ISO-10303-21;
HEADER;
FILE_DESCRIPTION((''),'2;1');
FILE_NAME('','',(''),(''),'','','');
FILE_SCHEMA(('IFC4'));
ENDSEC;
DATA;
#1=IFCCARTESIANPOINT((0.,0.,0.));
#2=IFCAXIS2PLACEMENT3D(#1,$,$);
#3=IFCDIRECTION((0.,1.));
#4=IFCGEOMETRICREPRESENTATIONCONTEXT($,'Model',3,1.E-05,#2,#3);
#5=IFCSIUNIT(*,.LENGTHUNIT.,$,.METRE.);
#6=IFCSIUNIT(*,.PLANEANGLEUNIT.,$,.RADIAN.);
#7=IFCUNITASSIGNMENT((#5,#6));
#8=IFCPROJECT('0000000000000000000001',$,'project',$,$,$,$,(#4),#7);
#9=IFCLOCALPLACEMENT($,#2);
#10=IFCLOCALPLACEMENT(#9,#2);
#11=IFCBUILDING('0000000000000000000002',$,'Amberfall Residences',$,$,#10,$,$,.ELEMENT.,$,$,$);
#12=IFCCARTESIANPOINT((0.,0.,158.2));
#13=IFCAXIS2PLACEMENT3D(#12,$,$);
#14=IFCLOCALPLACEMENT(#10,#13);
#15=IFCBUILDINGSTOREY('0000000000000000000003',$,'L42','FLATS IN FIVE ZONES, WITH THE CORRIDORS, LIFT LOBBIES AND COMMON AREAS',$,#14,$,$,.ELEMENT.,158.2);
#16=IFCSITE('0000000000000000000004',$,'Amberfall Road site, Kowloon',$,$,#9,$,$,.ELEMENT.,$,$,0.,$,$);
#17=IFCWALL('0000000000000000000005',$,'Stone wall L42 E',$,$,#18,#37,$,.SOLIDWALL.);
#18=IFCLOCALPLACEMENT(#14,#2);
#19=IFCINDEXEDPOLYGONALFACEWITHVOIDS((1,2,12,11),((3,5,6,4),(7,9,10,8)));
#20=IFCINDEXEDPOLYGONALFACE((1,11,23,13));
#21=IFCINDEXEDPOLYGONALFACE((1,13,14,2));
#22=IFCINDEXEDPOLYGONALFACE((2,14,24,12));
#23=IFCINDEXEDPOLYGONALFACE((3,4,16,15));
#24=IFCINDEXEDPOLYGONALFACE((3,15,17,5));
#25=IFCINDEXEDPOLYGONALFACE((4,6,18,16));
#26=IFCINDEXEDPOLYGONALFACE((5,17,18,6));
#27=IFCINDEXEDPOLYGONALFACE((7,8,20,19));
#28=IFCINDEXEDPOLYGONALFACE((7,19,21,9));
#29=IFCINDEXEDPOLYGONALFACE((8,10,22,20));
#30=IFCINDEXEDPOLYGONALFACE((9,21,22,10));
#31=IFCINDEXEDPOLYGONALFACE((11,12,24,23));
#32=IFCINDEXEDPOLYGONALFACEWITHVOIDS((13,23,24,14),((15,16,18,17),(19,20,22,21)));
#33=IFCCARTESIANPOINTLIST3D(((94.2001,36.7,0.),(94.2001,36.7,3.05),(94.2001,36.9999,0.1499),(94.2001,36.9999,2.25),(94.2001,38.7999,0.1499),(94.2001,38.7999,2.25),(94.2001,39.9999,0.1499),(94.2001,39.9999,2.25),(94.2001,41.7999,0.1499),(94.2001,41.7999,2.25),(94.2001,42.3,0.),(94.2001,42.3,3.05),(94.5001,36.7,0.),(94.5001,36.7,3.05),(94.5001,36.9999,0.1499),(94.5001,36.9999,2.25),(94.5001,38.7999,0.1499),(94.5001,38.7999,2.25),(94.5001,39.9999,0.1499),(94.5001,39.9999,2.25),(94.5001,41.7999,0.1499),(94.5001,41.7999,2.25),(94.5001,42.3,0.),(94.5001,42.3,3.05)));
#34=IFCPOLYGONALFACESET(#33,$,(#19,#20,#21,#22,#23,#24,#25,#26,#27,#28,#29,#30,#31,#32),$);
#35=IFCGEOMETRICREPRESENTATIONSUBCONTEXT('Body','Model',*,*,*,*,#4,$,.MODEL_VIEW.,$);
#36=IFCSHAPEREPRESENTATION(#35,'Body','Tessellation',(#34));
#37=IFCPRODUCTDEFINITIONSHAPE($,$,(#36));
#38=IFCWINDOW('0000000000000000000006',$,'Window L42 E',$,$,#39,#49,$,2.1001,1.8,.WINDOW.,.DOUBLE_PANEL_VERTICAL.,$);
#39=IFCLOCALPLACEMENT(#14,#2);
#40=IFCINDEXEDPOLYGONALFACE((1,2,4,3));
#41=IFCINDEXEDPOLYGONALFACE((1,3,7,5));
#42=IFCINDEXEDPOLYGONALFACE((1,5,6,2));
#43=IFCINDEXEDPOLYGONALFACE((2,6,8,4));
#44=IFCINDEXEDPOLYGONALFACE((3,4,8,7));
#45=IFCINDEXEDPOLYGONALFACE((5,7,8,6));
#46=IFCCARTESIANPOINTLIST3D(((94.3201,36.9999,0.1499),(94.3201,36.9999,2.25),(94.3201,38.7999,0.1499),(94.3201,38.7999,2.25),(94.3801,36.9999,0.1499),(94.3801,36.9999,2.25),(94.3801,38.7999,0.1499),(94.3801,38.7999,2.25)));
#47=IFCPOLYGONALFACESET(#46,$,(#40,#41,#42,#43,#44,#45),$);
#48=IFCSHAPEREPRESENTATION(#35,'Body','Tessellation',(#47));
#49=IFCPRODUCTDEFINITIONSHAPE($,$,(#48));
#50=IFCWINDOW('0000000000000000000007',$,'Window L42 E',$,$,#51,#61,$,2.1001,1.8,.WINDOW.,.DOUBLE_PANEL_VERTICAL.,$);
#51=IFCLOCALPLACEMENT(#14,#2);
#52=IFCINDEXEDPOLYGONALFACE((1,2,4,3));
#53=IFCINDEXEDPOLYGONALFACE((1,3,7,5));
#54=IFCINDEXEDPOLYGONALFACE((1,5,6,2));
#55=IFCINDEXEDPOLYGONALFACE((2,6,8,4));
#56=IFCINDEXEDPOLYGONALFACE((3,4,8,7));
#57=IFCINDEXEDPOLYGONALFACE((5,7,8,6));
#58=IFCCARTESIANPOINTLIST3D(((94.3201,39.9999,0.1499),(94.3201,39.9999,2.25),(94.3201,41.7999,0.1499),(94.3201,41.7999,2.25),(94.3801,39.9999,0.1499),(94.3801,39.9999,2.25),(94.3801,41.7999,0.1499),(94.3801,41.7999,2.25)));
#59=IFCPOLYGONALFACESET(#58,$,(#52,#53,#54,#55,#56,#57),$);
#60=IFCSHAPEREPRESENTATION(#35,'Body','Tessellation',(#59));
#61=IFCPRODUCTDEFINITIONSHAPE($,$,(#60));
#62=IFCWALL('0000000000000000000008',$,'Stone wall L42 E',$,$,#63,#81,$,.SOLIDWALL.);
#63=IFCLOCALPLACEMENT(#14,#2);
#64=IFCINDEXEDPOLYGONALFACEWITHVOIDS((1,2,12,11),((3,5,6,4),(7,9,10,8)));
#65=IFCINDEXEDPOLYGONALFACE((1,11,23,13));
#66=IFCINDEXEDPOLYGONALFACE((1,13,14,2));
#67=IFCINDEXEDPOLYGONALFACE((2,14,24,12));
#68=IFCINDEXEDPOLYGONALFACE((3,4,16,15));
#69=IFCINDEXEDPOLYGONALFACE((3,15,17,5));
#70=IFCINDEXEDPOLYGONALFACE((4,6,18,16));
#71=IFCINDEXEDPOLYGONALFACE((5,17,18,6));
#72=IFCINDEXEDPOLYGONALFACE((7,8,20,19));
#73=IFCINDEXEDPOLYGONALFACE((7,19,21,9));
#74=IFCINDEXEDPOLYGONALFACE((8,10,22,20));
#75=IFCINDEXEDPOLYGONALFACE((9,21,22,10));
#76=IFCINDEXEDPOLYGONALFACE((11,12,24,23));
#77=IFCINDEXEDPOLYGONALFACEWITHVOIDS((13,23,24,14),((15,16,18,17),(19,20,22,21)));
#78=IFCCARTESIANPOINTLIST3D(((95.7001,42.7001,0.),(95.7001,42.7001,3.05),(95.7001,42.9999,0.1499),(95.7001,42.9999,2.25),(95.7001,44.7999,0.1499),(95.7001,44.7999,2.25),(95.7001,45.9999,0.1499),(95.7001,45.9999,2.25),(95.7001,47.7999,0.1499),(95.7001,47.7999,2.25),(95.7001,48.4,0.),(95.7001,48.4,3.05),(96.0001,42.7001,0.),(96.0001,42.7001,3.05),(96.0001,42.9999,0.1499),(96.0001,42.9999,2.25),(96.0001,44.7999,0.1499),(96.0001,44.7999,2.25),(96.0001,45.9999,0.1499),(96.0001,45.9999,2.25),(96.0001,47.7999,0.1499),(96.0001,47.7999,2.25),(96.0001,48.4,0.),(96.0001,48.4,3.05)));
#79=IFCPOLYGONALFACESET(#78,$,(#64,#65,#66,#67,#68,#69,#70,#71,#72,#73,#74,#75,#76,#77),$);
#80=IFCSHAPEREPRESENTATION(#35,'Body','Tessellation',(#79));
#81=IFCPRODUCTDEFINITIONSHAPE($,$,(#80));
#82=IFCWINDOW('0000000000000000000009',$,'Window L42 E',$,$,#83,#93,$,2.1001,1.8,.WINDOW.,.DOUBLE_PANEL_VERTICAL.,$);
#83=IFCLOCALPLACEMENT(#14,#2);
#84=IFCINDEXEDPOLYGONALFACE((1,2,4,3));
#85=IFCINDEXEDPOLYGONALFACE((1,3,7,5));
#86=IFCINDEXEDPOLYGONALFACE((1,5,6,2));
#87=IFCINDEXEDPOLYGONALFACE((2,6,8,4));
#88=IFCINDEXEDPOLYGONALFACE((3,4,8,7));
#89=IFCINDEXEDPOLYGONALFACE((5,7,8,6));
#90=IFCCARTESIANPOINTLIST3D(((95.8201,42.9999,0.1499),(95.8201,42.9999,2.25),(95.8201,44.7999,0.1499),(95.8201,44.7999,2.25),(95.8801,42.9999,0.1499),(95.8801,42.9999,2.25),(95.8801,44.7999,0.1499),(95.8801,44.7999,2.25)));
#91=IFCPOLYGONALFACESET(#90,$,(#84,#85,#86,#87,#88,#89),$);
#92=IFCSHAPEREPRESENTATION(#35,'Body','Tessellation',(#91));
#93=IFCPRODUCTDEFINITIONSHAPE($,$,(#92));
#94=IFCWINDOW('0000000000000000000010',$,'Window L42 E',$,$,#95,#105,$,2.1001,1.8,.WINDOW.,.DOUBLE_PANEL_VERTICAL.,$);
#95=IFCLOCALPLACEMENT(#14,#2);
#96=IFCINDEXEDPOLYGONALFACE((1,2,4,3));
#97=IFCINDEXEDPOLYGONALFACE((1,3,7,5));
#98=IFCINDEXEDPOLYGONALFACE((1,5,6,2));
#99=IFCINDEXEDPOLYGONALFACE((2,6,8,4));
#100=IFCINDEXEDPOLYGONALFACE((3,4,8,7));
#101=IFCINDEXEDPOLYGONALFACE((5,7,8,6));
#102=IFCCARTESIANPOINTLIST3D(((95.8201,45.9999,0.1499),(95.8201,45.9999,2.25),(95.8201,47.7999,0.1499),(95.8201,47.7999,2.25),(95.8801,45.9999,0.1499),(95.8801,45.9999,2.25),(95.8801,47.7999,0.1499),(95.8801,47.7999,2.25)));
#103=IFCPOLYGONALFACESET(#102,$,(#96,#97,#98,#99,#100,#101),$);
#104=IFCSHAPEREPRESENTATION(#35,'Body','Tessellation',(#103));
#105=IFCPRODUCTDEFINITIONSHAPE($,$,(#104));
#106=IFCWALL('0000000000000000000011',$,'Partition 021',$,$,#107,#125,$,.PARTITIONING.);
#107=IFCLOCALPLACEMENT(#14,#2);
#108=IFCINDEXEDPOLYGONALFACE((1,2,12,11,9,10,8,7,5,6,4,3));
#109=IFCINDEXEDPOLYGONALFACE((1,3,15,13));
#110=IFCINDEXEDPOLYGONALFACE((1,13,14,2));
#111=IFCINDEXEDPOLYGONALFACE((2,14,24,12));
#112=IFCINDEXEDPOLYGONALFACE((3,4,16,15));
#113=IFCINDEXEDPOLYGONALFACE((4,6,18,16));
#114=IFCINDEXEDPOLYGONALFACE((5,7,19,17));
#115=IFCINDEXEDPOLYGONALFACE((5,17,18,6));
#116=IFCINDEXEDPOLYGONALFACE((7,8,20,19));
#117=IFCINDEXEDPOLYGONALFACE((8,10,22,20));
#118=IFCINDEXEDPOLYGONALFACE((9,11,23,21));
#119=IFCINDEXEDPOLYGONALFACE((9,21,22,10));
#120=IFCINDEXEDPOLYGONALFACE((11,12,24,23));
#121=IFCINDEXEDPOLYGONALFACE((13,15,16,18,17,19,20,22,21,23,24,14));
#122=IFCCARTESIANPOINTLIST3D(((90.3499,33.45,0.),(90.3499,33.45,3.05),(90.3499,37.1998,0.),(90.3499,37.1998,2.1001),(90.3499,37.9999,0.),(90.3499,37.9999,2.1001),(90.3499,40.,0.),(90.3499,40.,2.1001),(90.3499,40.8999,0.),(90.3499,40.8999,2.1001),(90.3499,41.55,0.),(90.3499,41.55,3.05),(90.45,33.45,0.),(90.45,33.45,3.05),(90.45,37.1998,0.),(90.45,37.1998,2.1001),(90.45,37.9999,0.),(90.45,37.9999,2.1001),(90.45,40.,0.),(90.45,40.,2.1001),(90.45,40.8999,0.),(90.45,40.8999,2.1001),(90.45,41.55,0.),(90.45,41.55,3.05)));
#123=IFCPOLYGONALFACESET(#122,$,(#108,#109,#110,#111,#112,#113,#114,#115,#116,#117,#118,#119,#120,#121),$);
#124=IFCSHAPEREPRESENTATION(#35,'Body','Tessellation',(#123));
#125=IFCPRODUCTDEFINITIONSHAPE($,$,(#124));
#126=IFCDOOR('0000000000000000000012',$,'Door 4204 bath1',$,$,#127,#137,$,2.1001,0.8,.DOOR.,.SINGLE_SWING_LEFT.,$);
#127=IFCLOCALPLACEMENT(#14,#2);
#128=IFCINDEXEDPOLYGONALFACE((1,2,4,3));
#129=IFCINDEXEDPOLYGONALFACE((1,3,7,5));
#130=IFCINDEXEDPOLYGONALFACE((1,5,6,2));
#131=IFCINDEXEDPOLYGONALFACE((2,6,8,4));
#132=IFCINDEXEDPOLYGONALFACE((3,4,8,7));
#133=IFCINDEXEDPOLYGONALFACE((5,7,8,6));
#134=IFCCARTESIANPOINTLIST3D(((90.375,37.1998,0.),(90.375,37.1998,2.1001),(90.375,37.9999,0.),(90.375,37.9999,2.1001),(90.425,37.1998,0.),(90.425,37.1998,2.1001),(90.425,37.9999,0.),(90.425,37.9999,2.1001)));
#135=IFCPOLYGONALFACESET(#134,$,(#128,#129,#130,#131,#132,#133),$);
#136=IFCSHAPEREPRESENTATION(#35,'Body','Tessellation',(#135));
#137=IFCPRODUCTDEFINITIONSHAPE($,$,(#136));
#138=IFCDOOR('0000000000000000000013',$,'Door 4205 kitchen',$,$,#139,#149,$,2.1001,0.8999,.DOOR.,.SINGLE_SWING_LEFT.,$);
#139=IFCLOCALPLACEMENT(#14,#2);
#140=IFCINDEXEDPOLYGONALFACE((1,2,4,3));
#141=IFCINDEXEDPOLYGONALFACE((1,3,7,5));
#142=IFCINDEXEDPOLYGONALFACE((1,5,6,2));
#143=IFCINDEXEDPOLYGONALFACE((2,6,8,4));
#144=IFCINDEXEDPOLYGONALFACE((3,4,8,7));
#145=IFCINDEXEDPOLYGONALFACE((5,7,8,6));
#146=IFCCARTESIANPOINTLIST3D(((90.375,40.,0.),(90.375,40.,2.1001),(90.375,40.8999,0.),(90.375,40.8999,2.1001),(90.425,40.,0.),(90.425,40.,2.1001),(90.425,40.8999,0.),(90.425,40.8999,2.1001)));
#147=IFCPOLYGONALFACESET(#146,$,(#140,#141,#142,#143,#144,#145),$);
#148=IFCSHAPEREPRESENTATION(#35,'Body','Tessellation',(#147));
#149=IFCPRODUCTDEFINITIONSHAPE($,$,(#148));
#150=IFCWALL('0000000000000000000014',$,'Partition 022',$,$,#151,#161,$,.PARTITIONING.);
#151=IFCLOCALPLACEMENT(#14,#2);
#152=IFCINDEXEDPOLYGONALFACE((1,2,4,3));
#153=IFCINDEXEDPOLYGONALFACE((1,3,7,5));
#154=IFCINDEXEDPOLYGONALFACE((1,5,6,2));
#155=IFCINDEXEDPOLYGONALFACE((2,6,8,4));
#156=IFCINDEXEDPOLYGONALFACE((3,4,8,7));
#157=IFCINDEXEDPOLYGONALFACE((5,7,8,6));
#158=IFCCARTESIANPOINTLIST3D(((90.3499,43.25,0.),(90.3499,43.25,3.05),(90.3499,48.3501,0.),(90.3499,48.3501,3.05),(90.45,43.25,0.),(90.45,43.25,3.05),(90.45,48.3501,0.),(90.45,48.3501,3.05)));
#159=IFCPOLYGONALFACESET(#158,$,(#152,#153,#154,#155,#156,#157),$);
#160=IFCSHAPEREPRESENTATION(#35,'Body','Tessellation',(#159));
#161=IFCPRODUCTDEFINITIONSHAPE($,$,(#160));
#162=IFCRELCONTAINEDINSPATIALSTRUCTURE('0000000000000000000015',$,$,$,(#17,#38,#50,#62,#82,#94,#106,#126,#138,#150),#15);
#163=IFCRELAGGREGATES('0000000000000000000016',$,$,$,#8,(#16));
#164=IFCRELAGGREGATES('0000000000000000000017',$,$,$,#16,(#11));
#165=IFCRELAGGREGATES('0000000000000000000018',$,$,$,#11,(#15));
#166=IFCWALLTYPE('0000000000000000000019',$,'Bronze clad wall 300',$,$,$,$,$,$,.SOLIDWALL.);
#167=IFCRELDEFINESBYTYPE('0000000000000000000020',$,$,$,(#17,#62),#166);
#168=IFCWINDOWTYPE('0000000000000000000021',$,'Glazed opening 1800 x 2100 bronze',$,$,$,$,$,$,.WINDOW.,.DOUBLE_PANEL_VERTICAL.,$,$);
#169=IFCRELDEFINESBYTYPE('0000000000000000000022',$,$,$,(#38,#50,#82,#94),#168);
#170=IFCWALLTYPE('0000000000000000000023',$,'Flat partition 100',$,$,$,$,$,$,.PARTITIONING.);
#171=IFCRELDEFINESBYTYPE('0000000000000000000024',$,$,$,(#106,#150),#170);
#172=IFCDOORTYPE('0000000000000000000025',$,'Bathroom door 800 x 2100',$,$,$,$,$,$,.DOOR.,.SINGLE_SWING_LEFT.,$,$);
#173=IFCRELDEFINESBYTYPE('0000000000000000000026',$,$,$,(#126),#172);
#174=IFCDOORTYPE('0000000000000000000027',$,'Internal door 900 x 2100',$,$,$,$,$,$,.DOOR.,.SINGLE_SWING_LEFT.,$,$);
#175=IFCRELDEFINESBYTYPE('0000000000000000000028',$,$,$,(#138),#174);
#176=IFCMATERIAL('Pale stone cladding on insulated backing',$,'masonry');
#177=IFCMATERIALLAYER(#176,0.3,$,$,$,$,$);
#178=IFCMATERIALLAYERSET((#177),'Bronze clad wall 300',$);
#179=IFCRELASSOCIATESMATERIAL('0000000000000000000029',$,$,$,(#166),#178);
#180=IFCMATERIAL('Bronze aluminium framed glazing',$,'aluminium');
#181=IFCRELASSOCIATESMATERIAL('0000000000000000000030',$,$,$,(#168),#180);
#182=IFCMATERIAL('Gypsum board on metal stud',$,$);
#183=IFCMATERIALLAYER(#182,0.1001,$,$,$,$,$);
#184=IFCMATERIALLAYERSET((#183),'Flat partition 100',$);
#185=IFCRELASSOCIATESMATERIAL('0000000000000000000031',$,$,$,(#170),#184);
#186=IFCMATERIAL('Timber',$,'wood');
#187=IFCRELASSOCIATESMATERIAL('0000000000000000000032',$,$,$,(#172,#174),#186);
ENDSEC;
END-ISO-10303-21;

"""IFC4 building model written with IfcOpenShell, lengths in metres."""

from ifc_helpers import new_model, si_unit, direction, frame, frame_2d, origin, place, context, subcontext, project, spatial, rectangle, extrude, material, layer, layer_set, type_object, element, fill, save


model = new_model("IFC4")

# Units and contexts
model_context = context("Model", 3, precision=1e-05, world=origin(), true_north=direction((0.0, 1.0)))
body_context = subcontext(model_context, "Body", "Model", "MODEL_VIEW")
ifc_project = project(units=[si_unit("LENGTHUNIT", "METRE"), si_unit("PLANEANGLEUNIT", "RADIAN")], contexts=[model_context])

# Site, building, storey
site_placement = place(None, origin())
site = spatial("IfcSite", under=ifc_project, at=site_placement, Name="Amberfall Road site, Kowloon", CompositionType="ELEMENT", RefElevation=0.0)
building_placement = place(site_placement, origin())
building = spatial("IfcBuilding", under=site, at=building_placement, Name="Amberfall Residences", CompositionType="ELEMENT")
storey_placement = place(building_placement, frame((0.0, 0.0, 158.2)))
storey = spatial("IfcBuildingStorey", under=building, at=storey_placement, Name="L42", Description="FLATS IN FIVE ZONES, WITH THE CORRIDORS, LIFT LOBBIES AND COMMON AREAS", CompositionType="ELEMENT", Elevation=158.2)

# Shared definitions
ifc_material_1 = material(Name="Pale stone cladding on insulated backing", Category="masonry")
ifc_layer_1 = layer(ifc_material_1, 0.3)
ifc_layer_set_1 = layer_set([ifc_layer_1], Name="Bronze clad wall 300")
wall_type_1 = type_object("IfcWallType", Name="Bronze clad wall 300", PredefinedType="SOLIDWALL", material=ifc_layer_set_1)

# Walls, openings, windows
wall_1_placement = place(storey_placement, frame((94.3501, 36.7, 0.0), z_axis=(0.0, 0.0, 1.0), x_axis=(0.0, 1.0, 0.0)))
wall_1 = element("IfcWall", 1, at=wall_1_placement, inside=storey, type_object=wall_type_1, Name="Stone wall L42 E", PredefinedType="SOLIDWALL", context=body_context, shape_type="SweptSolid", body=[
    extrude(rectangle(XDim=5.6001, YDim=0.3, at=frame_2d((2.8, 0.0))), origin(), (0.0, 0.0, 1.0), 3.05),
])
opening_1_placement = place(wall_1_placement, frame((0.3, 0.0, 0.1499)))
opening_1 = element("IfcOpeningElement", 2, at=opening_1_placement, cuts=wall_1, PredefinedType="OPENING", context=body_context, shape_type="SweptSolid", body=[
    extrude(rectangle(XDim=1.8, YDim=2.1001, at=frame_2d((0.8999, 1.05))), frame((0.0, 0.1599, 0.0), z_axis=(0.0, -1.0, 0.0), x_axis=(1.0, 0.0, 0.0)), (0.0, 0.0, 1.0), 0.3201),
])
opening_2_placement = place(wall_1_placement, frame((3.3, 0.0, 0.1499)))
opening_2 = element("IfcOpeningElement", 3, at=opening_2_placement, cuts=wall_1, PredefinedType="OPENING", context=body_context, shape_type="SweptSolid", body=[
    extrude(rectangle(XDim=1.8, YDim=2.1001, at=frame_2d((0.8999, 1.05))), frame((0.0, 0.1599, 0.0), z_axis=(0.0, -1.0, 0.0), x_axis=(1.0, 0.0, 0.0)), (0.0, 0.0, 1.0), 0.3201),
])
ifc_material_2 = material(Name="Bronze aluminium framed glazing", Category="aluminium")
window_type = type_object("IfcWindowType", Name="Glazed opening 1800 x 2100 bronze", PartitioningType="DOUBLE_PANEL_VERTICAL", PredefinedType="WINDOW", material=ifc_material_2)
window_1_placement = place(opening_1_placement, origin())
window_1 = element("IfcWindow", 4, at=window_1_placement, inside=storey, type_object=window_type, Name="Window L42 E", OverallHeight=2.1001, OverallWidth=1.8, PartitioningType="DOUBLE_PANEL_VERTICAL", PredefinedType="WINDOW", context=body_context, shape_type="SweptSolid", body=[
    extrude(rectangle(XDim=1.8, YDim=2.1001, at=frame_2d((0.8999, 1.05))), frame((0.0, 0.03, 0.0), z_axis=(0.0, -1.0, 0.0), x_axis=(1.0, 0.0, 0.0)), (0.0, 0.0, 1.0), 0.0601),
])
fill(opening_1, window_1)
window_2_placement = place(opening_2_placement, origin())
window_2 = element("IfcWindow", 5, at=window_2_placement, inside=storey, type_object=window_type, Name="Window L42 E", OverallHeight=2.1001, OverallWidth=1.8, PartitioningType="DOUBLE_PANEL_VERTICAL", PredefinedType="WINDOW", context=body_context, shape_type="SweptSolid", body=[
    extrude(rectangle(XDim=1.8, YDim=2.1001, at=frame_2d((0.8999, 1.05))), frame((0.0, 0.03, 0.0), z_axis=(0.0, -1.0, 0.0), x_axis=(1.0, 0.0, 0.0)), (0.0, 0.0, 1.0), 0.0601),
])
fill(opening_2, window_2)
wall_2_placement = place(storey_placement, frame((95.8501, 42.7, 0.0), z_axis=(0.0, 0.0, 1.0), x_axis=(0.0, 1.0, 0.0)))
wall_2 = element("IfcWall", 6, at=wall_2_placement, inside=storey, type_object=wall_type_1, Name="Stone wall L42 E", PredefinedType="SOLIDWALL", context=body_context, shape_type="SweptSolid", body=[
    extrude(rectangle(XDim=5.7, YDim=0.3, at=frame_2d((2.8501, 0.0))), origin(), (0.0, 0.0, 1.0), 3.05),
])
opening_3_placement = place(wall_2_placement, frame((0.3, 0.0, 0.1499)))
opening_3 = element("IfcOpeningElement", 7, at=opening_3_placement, cuts=wall_2, PredefinedType="OPENING", context=body_context, shape_type="SweptSolid", body=[
    extrude(rectangle(XDim=1.8, YDim=2.1001, at=frame_2d((0.8999, 1.05))), frame((0.0, 0.1599, 0.0), z_axis=(0.0, -1.0, 0.0), x_axis=(1.0, 0.0, 0.0)), (0.0, 0.0, 1.0), 0.3201),
])
opening_4_placement = place(wall_2_placement, frame((3.3, 0.0, 0.1499)))
opening_4 = element("IfcOpeningElement", 8, at=opening_4_placement, cuts=wall_2, PredefinedType="OPENING", context=body_context, shape_type="SweptSolid", body=[
    extrude(rectangle(XDim=1.8, YDim=2.1001, at=frame_2d((0.8999, 1.05))), frame((0.0, 0.1599, 0.0), z_axis=(0.0, -1.0, 0.0), x_axis=(1.0, 0.0, 0.0)), (0.0, 0.0, 1.0), 0.3201),
])
window_3_placement = place(opening_3_placement, origin())
window_3 = element("IfcWindow", 9, at=window_3_placement, inside=storey, type_object=window_type, Name="Window L42 E", OverallHeight=2.1001, OverallWidth=1.8, PartitioningType="DOUBLE_PANEL_VERTICAL", PredefinedType="WINDOW", context=body_context, shape_type="SweptSolid", body=[
    extrude(rectangle(XDim=1.8, YDim=2.1001, at=frame_2d((0.8999, 1.05))), frame((0.0, 0.03, 0.0), z_axis=(0.0, -1.0, 0.0), x_axis=(1.0, 0.0, 0.0)), (0.0, 0.0, 1.0), 0.0601),
])
fill(opening_3, window_3)
window_4_placement = place(opening_4_placement, origin())
window_4 = element("IfcWindow", 10, at=window_4_placement, inside=storey, type_object=window_type, Name="Window L42 E", OverallHeight=2.1001, OverallWidth=1.8, PartitioningType="DOUBLE_PANEL_VERTICAL", PredefinedType="WINDOW", context=body_context, shape_type="SweptSolid", body=[
    extrude(rectangle(XDim=1.8, YDim=2.1001, at=frame_2d((0.8999, 1.05))), frame((0.0, 0.03, 0.0), z_axis=(0.0, -1.0, 0.0), x_axis=(1.0, 0.0, 0.0)), (0.0, 0.0, 1.0), 0.0601),
])
fill(opening_4, window_4)

# Wall, openings, doors
ifc_material_3 = material(Name="Gypsum board on metal stud")
ifc_layer_2 = layer(ifc_material_3, 0.1001)
ifc_layer_set_2 = layer_set([ifc_layer_2], Name="Flat partition 100")
wall_type_2 = type_object("IfcWallType", Name="Flat partition 100", PredefinedType="PARTITIONING", material=ifc_layer_set_2)
wall_3_placement = place(storey_placement, frame((90.3999, 33.45, 0.0), z_axis=(0.0, 0.0, 1.0), x_axis=(0.0, 1.0, 0.0)))
wall_3 = element("IfcWall", 11, at=wall_3_placement, inside=storey, type_object=wall_type_2, Name="Partition 021", PredefinedType="PARTITIONING", context=body_context, shape_type="SweptSolid", body=[
    extrude(rectangle(XDim=8.1001, YDim=0.1001, at=frame_2d((4.05, 0.0))), origin(), (0.0, 0.0, 1.0), 3.05),
])
opening_5_placement = place(wall_3_placement, frame((3.75, 0.0, 0.0)))
opening_5 = element("IfcOpeningElement", 12, at=opening_5_placement, cuts=wall_3, PredefinedType="OPENING", context=body_context, shape_type="SweptSolid", body=[
    extrude(rectangle(XDim=0.8, YDim=2.1001, at=frame_2d((0.3999, 1.05))), frame((0.0, 0.0601, 0.0), z_axis=(0.0, -1.0, 0.0), x_axis=(1.0, 0.0, 0.0)), (0.0, 0.0, 1.0), 0.1201),
])
opening_6_placement = place(wall_3_placement, frame((6.55, 0.0, 0.0)))
opening_6 = element("IfcOpeningElement", 13, at=opening_6_placement, cuts=wall_3, PredefinedType="OPENING", context=body_context, shape_type="SweptSolid", body=[
    extrude(rectangle(XDim=0.8999, YDim=2.1001, at=frame_2d((0.45, 1.05))), frame((0.0, 0.0601, 0.0), z_axis=(0.0, -1.0, 0.0), x_axis=(1.0, 0.0, 0.0)), (0.0, 0.0, 1.0), 0.1201),
])
ifc_material_4 = material(Name="Timber", Category="wood")
door_type_1 = type_object("IfcDoorType", Name="Bathroom door 800 x 2100", OperationType="SINGLE_SWING_LEFT", PredefinedType="DOOR", material=ifc_material_4)
door_1_placement = place(opening_5_placement, origin())
door_1 = element("IfcDoor", 14, at=door_1_placement, inside=storey, type_object=door_type_1, Name="Door 4204 bath1", OperationType="SINGLE_SWING_LEFT", OverallHeight=2.1001, OverallWidth=0.8, PredefinedType="DOOR", context=body_context, shape_type="SweptSolid", body=[
    extrude(rectangle(XDim=0.8, YDim=2.1001, at=frame_2d((0.3999, 1.05))), frame((0.0, 0.0249, 0.0), z_axis=(0.0, -1.0, 0.0), x_axis=(1.0, 0.0, 0.0)), (0.0, 0.0, 1.0), 0.05),
])
fill(opening_5, door_1)
door_type_2 = type_object("IfcDoorType", Name="Internal door 900 x 2100", OperationType="SINGLE_SWING_LEFT", PredefinedType="DOOR", material=ifc_material_4)
door_2_placement = place(opening_6_placement, origin())
door_2 = element("IfcDoor", 15, at=door_2_placement, inside=storey, type_object=door_type_2, Name="Door 4205 kitchen", OperationType="SINGLE_SWING_LEFT", OverallHeight=2.1001, OverallWidth=0.8999, PredefinedType="DOOR", context=body_context, shape_type="SweptSolid", body=[
    extrude(rectangle(XDim=0.8999, YDim=2.1001, at=frame_2d((0.45, 1.05))), frame((0.0, 0.0249, 0.0), z_axis=(0.0, -1.0, 0.0), x_axis=(1.0, 0.0, 0.0)), (0.0, 0.0, 1.0), 0.05),
])
fill(opening_6, door_2)

# Wall
wall_4_placement = place(storey_placement, frame((90.3999, 43.25, 0.0), z_axis=(0.0, 0.0, 1.0), x_axis=(0.0, 1.0, 0.0)))
element("IfcWall", 16, at=wall_4_placement, inside=storey, type_object=wall_type_2, Name="Partition 022", PredefinedType="PARTITIONING", context=body_context, shape_type="SweptSolid", body=[
    extrude(rectangle(XDim=5.1001, YDim=0.1001, at=frame_2d((2.55, 0.0))), origin(), (0.0, 0.0, 1.0), 3.05),
])

save(model, "model.ifc")
